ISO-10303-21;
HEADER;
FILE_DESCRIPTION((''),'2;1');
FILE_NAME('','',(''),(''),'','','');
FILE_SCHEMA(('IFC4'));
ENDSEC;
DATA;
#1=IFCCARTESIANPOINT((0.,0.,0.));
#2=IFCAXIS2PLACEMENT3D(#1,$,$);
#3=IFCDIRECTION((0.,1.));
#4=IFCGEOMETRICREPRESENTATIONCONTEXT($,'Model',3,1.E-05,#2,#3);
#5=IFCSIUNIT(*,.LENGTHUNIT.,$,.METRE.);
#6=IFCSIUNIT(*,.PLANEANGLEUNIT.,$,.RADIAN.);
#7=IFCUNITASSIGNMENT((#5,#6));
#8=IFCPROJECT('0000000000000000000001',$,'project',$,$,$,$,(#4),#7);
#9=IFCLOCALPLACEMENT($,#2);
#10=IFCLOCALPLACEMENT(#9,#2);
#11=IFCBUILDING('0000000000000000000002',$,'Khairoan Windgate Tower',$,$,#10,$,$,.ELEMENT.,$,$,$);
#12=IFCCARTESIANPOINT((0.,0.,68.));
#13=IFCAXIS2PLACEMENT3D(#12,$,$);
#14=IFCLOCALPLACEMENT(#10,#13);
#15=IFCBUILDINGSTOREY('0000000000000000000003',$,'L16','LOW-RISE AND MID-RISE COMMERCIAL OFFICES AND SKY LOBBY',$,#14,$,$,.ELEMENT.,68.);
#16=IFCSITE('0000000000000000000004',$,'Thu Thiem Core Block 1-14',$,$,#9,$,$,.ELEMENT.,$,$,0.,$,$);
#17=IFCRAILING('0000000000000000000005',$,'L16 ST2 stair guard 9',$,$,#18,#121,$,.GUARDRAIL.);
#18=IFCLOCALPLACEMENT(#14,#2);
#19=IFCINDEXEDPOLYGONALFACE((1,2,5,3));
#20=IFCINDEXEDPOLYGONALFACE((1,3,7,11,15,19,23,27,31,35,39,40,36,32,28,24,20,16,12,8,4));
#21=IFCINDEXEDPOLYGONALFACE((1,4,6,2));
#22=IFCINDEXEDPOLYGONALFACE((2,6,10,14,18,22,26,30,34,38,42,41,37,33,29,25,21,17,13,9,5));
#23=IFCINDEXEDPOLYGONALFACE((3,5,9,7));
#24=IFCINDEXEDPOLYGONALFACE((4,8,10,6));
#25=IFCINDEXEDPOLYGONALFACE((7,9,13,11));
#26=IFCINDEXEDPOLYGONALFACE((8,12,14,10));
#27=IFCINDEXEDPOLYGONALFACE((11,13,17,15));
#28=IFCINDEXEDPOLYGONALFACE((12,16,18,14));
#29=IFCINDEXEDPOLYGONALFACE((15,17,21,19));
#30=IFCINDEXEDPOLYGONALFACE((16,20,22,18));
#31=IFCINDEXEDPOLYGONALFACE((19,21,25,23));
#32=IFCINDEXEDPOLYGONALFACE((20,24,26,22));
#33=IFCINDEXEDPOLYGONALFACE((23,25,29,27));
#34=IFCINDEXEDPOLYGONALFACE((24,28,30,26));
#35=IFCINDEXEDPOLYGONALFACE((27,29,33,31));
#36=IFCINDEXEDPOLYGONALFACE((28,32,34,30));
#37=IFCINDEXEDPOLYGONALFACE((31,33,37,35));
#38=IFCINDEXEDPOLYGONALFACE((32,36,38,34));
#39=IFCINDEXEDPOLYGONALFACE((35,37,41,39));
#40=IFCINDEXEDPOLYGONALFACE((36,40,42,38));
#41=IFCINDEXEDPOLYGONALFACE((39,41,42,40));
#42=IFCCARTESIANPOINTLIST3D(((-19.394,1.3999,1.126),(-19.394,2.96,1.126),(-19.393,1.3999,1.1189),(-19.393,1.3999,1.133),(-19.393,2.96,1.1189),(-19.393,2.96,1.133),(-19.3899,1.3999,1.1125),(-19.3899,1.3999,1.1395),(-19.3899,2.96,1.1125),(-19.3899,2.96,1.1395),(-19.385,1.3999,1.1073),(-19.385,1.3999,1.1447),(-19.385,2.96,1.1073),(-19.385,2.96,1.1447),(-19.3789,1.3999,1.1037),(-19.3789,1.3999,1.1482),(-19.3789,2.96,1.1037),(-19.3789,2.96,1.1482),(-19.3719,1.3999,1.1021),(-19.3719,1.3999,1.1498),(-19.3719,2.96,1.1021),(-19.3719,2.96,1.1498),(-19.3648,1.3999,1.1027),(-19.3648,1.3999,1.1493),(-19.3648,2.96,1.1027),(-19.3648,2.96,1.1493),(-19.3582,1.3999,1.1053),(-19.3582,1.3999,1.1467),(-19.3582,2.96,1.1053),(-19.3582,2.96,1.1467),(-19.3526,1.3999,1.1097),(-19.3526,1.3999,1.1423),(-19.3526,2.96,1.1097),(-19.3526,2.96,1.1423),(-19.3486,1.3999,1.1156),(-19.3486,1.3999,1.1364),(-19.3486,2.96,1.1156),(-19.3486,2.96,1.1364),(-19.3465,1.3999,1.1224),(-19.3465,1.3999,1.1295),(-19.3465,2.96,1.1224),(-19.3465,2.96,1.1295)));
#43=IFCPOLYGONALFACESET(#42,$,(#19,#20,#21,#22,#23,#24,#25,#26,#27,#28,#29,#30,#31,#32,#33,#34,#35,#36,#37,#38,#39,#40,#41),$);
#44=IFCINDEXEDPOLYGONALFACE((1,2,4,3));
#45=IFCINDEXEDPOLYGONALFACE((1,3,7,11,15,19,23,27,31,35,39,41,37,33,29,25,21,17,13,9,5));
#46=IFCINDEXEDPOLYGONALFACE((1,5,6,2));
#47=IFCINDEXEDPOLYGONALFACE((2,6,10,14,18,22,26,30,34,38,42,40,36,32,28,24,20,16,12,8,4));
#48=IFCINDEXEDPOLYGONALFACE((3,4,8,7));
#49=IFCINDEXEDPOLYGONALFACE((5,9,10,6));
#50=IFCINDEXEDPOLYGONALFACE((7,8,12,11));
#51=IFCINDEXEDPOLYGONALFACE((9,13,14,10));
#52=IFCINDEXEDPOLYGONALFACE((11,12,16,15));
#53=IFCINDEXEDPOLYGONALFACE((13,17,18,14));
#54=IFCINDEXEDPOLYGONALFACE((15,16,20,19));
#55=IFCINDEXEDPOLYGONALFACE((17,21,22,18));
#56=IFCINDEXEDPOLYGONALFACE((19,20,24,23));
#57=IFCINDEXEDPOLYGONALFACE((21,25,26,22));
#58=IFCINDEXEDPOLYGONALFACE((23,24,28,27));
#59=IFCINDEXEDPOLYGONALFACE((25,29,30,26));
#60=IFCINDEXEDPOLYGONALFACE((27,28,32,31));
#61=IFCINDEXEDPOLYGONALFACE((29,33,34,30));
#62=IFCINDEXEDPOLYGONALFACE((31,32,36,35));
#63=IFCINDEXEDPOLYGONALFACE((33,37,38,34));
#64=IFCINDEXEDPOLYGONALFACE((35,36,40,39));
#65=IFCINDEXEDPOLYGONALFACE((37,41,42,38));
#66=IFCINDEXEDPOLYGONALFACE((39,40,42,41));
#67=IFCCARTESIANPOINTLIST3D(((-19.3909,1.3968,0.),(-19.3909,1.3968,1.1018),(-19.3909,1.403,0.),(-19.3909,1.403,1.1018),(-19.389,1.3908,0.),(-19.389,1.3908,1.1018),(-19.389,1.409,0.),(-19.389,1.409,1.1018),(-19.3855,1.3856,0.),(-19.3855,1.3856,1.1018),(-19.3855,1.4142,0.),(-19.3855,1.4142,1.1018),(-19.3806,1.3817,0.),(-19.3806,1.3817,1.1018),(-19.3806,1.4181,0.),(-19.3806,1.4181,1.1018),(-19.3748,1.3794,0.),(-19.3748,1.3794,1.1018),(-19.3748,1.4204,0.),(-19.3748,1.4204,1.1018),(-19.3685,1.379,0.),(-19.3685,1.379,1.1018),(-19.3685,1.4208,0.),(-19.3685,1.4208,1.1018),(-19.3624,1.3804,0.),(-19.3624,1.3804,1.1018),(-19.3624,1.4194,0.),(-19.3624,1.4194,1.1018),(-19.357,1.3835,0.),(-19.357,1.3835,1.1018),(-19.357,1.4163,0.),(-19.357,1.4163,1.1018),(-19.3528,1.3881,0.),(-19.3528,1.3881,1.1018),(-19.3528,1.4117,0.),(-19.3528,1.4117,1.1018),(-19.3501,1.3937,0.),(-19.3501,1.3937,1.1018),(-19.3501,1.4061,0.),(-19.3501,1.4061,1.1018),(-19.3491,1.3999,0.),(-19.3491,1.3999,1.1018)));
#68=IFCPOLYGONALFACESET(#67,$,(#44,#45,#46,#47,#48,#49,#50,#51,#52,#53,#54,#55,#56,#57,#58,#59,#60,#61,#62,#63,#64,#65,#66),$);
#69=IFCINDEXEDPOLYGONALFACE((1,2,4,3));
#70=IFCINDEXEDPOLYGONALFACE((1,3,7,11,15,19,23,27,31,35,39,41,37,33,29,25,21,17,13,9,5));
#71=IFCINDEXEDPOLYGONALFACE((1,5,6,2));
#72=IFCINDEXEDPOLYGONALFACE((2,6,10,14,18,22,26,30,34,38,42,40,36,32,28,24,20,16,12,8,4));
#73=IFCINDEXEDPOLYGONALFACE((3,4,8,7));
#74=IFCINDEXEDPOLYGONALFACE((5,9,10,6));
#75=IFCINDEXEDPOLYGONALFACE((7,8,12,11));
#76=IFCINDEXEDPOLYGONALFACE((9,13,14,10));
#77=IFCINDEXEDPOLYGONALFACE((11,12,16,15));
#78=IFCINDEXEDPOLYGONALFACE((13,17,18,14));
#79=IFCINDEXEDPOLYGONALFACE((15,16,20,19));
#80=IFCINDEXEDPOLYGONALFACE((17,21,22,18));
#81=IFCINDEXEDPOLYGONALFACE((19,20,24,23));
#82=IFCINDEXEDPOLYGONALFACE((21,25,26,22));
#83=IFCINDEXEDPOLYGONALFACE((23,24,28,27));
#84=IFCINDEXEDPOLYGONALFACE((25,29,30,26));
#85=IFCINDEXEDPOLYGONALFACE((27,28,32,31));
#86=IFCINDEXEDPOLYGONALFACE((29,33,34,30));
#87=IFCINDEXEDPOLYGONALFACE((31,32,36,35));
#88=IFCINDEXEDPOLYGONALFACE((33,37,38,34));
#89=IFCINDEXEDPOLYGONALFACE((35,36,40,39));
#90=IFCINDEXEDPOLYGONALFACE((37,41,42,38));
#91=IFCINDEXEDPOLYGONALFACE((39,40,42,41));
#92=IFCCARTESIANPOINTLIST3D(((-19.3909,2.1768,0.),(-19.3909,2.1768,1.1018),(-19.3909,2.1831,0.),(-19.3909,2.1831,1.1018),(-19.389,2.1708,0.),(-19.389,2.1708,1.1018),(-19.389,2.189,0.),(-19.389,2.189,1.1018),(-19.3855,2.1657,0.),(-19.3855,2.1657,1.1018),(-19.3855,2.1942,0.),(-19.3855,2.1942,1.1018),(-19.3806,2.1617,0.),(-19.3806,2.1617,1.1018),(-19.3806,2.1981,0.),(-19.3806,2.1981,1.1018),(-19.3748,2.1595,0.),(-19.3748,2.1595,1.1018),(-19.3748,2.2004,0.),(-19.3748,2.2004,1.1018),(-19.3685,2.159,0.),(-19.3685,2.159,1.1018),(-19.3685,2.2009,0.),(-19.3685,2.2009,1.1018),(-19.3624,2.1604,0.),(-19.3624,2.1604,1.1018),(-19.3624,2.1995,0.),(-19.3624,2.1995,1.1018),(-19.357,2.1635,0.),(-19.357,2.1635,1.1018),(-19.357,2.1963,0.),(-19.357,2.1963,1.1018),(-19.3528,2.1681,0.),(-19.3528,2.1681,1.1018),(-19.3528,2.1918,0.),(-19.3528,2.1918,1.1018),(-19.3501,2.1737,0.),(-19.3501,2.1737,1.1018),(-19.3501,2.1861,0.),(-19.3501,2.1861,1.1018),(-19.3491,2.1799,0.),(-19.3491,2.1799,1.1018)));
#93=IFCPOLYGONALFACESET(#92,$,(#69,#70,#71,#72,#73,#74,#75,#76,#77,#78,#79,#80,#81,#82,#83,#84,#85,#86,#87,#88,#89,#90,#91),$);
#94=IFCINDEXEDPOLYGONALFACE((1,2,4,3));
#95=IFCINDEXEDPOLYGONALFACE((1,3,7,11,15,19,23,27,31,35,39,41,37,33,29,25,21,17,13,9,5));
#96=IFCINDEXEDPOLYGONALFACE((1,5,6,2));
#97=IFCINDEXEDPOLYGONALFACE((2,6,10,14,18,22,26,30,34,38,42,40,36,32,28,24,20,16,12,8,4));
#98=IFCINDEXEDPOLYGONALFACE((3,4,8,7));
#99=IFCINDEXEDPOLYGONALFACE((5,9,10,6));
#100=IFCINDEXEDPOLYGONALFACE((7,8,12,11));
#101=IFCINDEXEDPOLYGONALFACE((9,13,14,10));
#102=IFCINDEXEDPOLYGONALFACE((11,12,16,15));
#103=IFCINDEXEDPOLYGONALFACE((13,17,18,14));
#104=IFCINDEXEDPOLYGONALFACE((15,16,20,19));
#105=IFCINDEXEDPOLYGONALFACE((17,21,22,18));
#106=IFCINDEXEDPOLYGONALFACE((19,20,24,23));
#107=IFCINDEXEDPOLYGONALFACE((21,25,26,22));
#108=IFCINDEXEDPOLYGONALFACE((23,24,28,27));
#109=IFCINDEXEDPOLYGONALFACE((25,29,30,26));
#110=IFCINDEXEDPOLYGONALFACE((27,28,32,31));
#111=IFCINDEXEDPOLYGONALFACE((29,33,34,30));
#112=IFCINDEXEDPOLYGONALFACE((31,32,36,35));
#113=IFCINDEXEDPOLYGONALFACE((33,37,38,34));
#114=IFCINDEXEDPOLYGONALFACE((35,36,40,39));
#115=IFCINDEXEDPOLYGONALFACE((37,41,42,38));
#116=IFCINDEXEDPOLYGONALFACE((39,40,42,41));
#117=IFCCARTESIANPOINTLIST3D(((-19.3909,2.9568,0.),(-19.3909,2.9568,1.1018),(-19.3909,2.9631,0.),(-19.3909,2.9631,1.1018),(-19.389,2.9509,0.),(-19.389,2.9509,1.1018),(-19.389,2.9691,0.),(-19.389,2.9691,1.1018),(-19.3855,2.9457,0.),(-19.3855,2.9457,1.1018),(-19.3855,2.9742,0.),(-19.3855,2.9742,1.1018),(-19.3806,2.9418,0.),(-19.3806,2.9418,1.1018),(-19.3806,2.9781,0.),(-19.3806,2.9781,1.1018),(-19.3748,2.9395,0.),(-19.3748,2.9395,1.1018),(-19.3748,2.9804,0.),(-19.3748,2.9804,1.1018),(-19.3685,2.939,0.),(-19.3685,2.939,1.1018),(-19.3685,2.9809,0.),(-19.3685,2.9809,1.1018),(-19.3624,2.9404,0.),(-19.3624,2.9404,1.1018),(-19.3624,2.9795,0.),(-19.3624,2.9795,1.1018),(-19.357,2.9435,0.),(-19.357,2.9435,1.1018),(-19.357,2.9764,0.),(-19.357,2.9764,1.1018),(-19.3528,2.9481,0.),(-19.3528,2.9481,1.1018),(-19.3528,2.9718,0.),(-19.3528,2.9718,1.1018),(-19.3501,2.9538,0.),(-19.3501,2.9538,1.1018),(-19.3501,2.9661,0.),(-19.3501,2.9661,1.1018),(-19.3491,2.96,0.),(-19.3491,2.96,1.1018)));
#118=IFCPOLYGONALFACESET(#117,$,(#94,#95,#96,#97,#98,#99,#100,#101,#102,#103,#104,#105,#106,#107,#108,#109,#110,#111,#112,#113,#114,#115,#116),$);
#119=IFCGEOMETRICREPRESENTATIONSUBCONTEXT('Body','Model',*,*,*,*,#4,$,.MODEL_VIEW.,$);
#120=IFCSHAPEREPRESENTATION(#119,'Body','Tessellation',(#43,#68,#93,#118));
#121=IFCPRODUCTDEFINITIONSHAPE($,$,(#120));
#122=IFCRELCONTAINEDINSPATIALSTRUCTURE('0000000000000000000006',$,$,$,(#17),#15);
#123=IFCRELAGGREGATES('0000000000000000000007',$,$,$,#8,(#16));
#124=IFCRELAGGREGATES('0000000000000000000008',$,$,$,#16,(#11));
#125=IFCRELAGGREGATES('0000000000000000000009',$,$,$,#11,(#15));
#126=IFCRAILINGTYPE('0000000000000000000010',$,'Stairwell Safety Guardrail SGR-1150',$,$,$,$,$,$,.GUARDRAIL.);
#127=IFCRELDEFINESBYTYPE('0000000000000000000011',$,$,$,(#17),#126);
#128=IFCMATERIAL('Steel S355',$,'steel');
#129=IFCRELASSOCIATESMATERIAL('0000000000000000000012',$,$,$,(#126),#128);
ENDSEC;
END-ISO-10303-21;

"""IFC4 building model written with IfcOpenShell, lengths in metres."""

from ifc_helpers import new_model, si_unit, direction, frame, origin, origin_2d, place, context, subcontext, project, spatial, circle, extrude, material, type_object, element, save


model = new_model("IFC4")

# Units and contexts
model_context = context("Model", 3, precision=1e-05, world=origin(), true_north=direction((0.0, 1.0)))
body_context = subcontext(model_context, "Body", "Model", "MODEL_VIEW")
ifc_project = project(units=[si_unit("LENGTHUNIT", "METRE"), si_unit("PLANEANGLEUNIT", "RADIAN")], contexts=[model_context])

# Site, building, storey
site_placement = place(None, origin())
site = spatial("IfcSite", under=ifc_project, at=site_placement, Name="Thu Thiem Core Block 1-14", CompositionType="ELEMENT", RefElevation=0.0)
building_placement = place(site_placement, origin())
building = spatial("IfcBuilding", under=site, at=building_placement, Name="Khairoan Windgate Tower", CompositionType="ELEMENT")
storey_placement = place(building_placement, frame((0.0, 0.0, 68.0)))
storey = spatial("IfcBuildingStorey", under=building, at=storey_placement, Name="L16", Description="LOW-RISE AND MID-RISE COMMERCIAL OFFICES AND SKY LOBBY", CompositionType="ELEMENT", Elevation=68.0)

# Railing
ifc_material_1 = material(Name="Steel S355", Category="steel")
railing_type_1 = type_object("IfcRailingType", Name="Stairwell Safety Guardrail SGR-1150", PredefinedType="GUARDRAIL", material=ifc_material_1)
for number, where, name in (
    (1, (-19.3701, 1.3999, 0.0), "L16 ST2 stair guard 9"),
):
    element("IfcRailing", number, at=place(storey_placement, frame(where)), inside=storey, type_object=railing_type_1, Name=name, PredefinedType="GUARDRAIL", context=body_context, shape_type="SweptSolid", body=[
        extrude(circle(Radius=0.0239, at=origin_2d()), frame((0.0, 0.0, 1.126), z_axis=(0.0, 1.0, 0.0), x_axis=(-1.0, 0.0, 0.0)), (0.0, 0.0, 1.0), 1.5601),
        extrude(circle(Radius=0.021, at=origin_2d()), origin(), (0.0, 0.0, 1.0), 1.1018),
        extrude(circle(Radius=0.021, at=origin_2d()), frame((0.0, 0.78, 0.0)), (0.0, 0.0, 1.0), 1.1018),
        extrude(circle(Radius=0.021, at=origin_2d()), frame((0.0, 1.5601, 0.0)), (0.0, 0.0, 1.0), 1.1018),
    ])

save(model, "model.ifc")
